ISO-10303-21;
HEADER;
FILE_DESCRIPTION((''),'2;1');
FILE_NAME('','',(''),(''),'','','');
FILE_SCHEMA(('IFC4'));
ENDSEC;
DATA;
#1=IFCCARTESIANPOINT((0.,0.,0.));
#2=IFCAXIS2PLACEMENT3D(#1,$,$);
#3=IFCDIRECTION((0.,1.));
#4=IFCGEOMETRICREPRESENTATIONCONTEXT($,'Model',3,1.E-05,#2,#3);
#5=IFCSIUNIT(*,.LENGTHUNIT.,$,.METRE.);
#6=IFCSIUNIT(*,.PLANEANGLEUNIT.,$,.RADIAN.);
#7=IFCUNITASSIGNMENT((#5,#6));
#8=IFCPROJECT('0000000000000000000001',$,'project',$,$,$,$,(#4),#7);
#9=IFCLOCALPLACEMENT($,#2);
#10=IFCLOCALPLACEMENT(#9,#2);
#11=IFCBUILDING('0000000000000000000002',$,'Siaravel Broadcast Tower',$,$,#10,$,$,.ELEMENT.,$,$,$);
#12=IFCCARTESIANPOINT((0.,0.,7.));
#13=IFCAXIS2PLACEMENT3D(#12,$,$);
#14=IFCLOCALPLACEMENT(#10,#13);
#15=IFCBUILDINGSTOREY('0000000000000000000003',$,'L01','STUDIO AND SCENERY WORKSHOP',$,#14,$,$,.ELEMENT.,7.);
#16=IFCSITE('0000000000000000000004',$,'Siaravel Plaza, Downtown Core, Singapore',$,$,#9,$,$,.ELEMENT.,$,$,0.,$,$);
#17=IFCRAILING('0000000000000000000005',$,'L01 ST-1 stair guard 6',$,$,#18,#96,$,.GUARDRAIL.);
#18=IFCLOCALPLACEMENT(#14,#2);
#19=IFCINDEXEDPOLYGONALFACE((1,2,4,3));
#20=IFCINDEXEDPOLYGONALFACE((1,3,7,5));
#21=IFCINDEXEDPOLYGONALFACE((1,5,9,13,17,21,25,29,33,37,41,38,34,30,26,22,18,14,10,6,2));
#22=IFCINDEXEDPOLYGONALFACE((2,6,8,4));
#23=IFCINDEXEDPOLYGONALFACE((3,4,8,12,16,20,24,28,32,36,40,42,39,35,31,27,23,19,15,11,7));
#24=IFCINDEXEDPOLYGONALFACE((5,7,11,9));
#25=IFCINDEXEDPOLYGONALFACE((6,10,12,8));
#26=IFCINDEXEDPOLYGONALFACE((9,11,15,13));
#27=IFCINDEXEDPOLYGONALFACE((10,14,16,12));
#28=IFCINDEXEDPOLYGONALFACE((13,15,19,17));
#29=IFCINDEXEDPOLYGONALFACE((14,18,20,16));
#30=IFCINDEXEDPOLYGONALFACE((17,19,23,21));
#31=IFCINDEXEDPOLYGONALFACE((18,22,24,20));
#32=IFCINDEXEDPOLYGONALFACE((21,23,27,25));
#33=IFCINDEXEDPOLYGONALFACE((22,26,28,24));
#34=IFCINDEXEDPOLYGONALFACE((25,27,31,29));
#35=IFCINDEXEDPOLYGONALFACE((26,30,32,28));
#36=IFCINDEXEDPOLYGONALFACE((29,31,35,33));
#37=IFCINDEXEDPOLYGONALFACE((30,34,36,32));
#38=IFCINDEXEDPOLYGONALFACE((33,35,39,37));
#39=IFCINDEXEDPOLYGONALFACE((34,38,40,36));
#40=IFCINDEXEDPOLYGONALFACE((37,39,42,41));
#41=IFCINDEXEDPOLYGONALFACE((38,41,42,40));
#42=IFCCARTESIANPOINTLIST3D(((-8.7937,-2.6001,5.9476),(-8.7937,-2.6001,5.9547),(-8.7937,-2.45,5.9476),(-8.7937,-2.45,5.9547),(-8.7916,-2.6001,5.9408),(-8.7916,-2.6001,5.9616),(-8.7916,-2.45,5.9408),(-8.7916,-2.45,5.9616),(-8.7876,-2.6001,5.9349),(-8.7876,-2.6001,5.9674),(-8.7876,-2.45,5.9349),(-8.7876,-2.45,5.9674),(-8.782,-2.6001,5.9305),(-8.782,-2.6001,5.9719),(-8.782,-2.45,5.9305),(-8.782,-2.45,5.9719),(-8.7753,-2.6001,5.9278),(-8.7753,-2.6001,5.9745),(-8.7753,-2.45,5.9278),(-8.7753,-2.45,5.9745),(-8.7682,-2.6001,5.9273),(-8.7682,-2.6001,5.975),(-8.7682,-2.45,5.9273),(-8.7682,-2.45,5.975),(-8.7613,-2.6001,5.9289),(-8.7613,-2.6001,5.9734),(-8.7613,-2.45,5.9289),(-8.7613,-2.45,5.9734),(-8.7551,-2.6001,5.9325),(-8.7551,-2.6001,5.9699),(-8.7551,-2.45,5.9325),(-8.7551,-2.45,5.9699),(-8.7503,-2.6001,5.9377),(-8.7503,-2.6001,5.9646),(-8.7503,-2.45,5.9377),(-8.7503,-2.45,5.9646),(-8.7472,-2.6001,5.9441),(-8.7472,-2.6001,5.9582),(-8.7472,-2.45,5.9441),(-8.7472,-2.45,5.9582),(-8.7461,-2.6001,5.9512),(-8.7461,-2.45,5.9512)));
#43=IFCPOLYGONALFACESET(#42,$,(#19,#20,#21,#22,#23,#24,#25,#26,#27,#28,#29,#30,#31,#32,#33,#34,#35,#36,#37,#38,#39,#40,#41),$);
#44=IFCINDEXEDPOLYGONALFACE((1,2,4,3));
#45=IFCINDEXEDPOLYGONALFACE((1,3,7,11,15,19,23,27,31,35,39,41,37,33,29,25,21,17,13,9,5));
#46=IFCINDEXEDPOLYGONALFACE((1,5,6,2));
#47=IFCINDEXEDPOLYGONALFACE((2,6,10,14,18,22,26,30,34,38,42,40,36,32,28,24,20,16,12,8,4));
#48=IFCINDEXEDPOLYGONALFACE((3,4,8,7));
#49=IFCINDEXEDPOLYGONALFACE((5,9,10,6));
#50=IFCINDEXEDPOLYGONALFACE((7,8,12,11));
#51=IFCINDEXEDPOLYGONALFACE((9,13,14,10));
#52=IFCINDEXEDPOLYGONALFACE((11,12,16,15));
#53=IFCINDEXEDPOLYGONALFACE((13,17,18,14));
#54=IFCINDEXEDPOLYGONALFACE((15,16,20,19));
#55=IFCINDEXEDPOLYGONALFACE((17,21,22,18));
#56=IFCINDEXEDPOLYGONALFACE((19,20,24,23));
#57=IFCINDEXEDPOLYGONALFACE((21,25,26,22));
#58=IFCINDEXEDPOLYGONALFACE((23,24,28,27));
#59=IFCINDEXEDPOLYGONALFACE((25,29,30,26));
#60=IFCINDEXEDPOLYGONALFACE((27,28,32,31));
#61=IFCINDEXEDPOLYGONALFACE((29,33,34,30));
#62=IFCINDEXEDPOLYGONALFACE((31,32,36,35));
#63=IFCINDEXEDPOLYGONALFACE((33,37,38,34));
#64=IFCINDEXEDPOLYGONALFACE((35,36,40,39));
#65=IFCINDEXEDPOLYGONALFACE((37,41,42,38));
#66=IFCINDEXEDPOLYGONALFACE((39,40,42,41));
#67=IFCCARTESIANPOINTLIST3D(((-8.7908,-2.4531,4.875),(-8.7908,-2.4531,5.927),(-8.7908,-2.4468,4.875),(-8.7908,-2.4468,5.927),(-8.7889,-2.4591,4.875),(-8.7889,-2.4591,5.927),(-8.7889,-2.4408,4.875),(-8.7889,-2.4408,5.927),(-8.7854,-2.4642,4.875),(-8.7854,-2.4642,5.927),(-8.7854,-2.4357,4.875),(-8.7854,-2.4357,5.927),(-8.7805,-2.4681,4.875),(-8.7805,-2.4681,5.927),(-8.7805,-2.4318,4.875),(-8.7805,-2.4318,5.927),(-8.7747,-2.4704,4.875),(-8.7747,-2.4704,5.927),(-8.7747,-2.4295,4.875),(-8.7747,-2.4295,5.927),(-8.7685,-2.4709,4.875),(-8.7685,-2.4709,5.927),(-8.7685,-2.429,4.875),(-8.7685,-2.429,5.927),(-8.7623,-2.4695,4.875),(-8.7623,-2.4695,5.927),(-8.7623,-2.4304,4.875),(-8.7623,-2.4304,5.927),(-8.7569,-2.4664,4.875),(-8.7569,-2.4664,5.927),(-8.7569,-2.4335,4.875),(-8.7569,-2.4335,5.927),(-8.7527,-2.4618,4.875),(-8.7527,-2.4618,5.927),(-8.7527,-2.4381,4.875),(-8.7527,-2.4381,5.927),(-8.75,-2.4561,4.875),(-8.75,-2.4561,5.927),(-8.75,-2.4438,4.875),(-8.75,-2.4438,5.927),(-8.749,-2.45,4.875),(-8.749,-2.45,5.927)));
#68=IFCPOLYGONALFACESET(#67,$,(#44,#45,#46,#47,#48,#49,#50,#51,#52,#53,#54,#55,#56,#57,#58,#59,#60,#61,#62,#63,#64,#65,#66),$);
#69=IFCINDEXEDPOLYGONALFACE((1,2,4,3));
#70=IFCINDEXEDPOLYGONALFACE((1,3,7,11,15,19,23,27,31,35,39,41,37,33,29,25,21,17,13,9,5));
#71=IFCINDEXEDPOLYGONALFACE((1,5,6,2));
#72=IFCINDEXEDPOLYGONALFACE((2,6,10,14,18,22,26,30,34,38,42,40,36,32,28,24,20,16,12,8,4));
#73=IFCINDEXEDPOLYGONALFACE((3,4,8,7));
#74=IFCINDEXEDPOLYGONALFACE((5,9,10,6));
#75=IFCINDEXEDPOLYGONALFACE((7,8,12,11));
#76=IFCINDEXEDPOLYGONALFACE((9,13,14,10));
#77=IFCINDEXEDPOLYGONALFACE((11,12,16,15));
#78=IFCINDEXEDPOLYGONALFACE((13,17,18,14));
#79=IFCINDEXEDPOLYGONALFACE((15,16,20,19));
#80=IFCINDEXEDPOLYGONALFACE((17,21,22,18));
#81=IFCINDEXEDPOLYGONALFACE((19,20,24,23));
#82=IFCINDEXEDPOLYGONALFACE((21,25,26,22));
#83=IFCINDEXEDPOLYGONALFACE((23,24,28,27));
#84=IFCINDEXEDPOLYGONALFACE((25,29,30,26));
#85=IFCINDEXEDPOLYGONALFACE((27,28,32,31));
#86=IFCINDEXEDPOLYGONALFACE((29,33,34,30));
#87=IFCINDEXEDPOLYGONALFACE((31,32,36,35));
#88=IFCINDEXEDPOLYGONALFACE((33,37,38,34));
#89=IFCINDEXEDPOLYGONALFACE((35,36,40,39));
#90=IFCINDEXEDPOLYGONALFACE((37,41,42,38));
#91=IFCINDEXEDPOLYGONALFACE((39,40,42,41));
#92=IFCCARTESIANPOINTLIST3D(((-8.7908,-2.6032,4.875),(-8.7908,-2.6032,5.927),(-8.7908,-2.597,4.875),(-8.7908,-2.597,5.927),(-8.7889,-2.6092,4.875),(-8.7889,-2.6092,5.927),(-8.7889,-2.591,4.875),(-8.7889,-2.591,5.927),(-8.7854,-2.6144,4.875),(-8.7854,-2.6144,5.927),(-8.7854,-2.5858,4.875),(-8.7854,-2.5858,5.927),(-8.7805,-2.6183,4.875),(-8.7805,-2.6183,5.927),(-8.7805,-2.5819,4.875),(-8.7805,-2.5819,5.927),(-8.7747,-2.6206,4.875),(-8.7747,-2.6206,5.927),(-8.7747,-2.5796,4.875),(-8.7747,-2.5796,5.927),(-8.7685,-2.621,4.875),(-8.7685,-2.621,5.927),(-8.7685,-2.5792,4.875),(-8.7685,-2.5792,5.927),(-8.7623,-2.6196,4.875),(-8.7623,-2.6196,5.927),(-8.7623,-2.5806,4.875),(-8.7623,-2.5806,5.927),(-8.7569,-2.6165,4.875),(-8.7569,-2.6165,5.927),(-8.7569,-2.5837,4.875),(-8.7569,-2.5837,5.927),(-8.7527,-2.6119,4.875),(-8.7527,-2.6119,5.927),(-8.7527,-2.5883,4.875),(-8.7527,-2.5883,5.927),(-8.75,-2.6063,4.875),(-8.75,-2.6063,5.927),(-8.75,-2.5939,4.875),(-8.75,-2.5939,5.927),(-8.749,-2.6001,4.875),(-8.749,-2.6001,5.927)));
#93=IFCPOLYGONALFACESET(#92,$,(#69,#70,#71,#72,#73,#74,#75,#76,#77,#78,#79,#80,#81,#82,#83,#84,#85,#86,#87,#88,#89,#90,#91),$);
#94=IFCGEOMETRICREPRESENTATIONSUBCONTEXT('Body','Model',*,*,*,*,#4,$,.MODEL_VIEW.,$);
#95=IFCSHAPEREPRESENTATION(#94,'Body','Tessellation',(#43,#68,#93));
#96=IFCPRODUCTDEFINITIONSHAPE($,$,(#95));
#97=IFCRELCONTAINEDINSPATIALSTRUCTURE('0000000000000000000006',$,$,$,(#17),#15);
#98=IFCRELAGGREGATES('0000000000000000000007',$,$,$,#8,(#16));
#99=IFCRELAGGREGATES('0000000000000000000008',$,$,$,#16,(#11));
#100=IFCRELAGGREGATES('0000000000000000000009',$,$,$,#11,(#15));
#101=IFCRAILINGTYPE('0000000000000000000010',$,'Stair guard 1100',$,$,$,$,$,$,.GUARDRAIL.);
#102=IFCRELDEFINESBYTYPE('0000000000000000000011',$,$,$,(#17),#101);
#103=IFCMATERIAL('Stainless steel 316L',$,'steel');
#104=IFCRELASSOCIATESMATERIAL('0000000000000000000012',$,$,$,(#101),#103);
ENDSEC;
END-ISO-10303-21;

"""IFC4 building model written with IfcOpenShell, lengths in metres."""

from ifc_helpers import new_model, si_unit, direction, frame, origin, origin_2d, place, context, subcontext, project, spatial, circle, extrude, material, type_object, element, save


model = new_model("IFC4")

# Units and contexts
model_context = context("Model", 3, precision=1e-05, world=origin(), true_north=direction((0.0, 1.0)))
body_context = subcontext(model_context, "Body", "Model", "MODEL_VIEW")
ifc_project = project(units=[si_unit("LENGTHUNIT", "METRE"), si_unit("PLANEANGLEUNIT", "RADIAN")], contexts=[model_context])

# Site, building, storey
site_placement = place(None, origin())
site = spatial("IfcSite", under=ifc_project, at=site_placement, Name="Siaravel Plaza, Downtown Core, Singapore", CompositionType="ELEMENT", RefElevation=0.0)
building_placement = place(site_placement, origin())
building = spatial("IfcBuilding", under=site, at=building_placement, Name="Siaravel Broadcast Tower", CompositionType="ELEMENT")
storey_placement = place(building_placement, frame((0.0, 0.0, 7.0)))
storey = spatial("IfcBuildingStorey", under=building, at=storey_placement, Name="L01", Description="STUDIO AND SCENERY WORKSHOP", CompositionType="ELEMENT", Elevation=7.0)

# Railing
ifc_material_1 = material(Name="Stainless steel 316L", Category="steel")
railing_type_1 = type_object("IfcRailingType", Name="Stair guard 1100", PredefinedType="GUARDRAIL", material=ifc_material_1)
railing_1_placement = place(storey_placement, frame((-8.77, -2.45, 4.875)))
element("IfcRailing", 1, at=railing_1_placement, inside=storey, type_object=railing_type_1, Name="L01 ST-1 stair guard 6", PredefinedType="GUARDRAIL", context=body_context, shape_type="SweptSolid", body=[
    extrude(circle(Radius=0.0239, at=origin_2d()), frame((0.0, 0.0, 1.0762), z_axis=(0.0, -1.0, 0.0), x_axis=(1.0, 0.0, 0.0)), (0.0, 0.0, 1.0), 0.1501),
    extrude(circle(Radius=0.021, at=origin_2d()), origin(), (0.0, 0.0, 1.0), 1.052),
    extrude(circle(Radius=0.021, at=origin_2d()), frame((0.0, -0.1501, 0.0)), (0.0, 0.0, 1.0), 1.052),
])

save(model, "model.ifc")
